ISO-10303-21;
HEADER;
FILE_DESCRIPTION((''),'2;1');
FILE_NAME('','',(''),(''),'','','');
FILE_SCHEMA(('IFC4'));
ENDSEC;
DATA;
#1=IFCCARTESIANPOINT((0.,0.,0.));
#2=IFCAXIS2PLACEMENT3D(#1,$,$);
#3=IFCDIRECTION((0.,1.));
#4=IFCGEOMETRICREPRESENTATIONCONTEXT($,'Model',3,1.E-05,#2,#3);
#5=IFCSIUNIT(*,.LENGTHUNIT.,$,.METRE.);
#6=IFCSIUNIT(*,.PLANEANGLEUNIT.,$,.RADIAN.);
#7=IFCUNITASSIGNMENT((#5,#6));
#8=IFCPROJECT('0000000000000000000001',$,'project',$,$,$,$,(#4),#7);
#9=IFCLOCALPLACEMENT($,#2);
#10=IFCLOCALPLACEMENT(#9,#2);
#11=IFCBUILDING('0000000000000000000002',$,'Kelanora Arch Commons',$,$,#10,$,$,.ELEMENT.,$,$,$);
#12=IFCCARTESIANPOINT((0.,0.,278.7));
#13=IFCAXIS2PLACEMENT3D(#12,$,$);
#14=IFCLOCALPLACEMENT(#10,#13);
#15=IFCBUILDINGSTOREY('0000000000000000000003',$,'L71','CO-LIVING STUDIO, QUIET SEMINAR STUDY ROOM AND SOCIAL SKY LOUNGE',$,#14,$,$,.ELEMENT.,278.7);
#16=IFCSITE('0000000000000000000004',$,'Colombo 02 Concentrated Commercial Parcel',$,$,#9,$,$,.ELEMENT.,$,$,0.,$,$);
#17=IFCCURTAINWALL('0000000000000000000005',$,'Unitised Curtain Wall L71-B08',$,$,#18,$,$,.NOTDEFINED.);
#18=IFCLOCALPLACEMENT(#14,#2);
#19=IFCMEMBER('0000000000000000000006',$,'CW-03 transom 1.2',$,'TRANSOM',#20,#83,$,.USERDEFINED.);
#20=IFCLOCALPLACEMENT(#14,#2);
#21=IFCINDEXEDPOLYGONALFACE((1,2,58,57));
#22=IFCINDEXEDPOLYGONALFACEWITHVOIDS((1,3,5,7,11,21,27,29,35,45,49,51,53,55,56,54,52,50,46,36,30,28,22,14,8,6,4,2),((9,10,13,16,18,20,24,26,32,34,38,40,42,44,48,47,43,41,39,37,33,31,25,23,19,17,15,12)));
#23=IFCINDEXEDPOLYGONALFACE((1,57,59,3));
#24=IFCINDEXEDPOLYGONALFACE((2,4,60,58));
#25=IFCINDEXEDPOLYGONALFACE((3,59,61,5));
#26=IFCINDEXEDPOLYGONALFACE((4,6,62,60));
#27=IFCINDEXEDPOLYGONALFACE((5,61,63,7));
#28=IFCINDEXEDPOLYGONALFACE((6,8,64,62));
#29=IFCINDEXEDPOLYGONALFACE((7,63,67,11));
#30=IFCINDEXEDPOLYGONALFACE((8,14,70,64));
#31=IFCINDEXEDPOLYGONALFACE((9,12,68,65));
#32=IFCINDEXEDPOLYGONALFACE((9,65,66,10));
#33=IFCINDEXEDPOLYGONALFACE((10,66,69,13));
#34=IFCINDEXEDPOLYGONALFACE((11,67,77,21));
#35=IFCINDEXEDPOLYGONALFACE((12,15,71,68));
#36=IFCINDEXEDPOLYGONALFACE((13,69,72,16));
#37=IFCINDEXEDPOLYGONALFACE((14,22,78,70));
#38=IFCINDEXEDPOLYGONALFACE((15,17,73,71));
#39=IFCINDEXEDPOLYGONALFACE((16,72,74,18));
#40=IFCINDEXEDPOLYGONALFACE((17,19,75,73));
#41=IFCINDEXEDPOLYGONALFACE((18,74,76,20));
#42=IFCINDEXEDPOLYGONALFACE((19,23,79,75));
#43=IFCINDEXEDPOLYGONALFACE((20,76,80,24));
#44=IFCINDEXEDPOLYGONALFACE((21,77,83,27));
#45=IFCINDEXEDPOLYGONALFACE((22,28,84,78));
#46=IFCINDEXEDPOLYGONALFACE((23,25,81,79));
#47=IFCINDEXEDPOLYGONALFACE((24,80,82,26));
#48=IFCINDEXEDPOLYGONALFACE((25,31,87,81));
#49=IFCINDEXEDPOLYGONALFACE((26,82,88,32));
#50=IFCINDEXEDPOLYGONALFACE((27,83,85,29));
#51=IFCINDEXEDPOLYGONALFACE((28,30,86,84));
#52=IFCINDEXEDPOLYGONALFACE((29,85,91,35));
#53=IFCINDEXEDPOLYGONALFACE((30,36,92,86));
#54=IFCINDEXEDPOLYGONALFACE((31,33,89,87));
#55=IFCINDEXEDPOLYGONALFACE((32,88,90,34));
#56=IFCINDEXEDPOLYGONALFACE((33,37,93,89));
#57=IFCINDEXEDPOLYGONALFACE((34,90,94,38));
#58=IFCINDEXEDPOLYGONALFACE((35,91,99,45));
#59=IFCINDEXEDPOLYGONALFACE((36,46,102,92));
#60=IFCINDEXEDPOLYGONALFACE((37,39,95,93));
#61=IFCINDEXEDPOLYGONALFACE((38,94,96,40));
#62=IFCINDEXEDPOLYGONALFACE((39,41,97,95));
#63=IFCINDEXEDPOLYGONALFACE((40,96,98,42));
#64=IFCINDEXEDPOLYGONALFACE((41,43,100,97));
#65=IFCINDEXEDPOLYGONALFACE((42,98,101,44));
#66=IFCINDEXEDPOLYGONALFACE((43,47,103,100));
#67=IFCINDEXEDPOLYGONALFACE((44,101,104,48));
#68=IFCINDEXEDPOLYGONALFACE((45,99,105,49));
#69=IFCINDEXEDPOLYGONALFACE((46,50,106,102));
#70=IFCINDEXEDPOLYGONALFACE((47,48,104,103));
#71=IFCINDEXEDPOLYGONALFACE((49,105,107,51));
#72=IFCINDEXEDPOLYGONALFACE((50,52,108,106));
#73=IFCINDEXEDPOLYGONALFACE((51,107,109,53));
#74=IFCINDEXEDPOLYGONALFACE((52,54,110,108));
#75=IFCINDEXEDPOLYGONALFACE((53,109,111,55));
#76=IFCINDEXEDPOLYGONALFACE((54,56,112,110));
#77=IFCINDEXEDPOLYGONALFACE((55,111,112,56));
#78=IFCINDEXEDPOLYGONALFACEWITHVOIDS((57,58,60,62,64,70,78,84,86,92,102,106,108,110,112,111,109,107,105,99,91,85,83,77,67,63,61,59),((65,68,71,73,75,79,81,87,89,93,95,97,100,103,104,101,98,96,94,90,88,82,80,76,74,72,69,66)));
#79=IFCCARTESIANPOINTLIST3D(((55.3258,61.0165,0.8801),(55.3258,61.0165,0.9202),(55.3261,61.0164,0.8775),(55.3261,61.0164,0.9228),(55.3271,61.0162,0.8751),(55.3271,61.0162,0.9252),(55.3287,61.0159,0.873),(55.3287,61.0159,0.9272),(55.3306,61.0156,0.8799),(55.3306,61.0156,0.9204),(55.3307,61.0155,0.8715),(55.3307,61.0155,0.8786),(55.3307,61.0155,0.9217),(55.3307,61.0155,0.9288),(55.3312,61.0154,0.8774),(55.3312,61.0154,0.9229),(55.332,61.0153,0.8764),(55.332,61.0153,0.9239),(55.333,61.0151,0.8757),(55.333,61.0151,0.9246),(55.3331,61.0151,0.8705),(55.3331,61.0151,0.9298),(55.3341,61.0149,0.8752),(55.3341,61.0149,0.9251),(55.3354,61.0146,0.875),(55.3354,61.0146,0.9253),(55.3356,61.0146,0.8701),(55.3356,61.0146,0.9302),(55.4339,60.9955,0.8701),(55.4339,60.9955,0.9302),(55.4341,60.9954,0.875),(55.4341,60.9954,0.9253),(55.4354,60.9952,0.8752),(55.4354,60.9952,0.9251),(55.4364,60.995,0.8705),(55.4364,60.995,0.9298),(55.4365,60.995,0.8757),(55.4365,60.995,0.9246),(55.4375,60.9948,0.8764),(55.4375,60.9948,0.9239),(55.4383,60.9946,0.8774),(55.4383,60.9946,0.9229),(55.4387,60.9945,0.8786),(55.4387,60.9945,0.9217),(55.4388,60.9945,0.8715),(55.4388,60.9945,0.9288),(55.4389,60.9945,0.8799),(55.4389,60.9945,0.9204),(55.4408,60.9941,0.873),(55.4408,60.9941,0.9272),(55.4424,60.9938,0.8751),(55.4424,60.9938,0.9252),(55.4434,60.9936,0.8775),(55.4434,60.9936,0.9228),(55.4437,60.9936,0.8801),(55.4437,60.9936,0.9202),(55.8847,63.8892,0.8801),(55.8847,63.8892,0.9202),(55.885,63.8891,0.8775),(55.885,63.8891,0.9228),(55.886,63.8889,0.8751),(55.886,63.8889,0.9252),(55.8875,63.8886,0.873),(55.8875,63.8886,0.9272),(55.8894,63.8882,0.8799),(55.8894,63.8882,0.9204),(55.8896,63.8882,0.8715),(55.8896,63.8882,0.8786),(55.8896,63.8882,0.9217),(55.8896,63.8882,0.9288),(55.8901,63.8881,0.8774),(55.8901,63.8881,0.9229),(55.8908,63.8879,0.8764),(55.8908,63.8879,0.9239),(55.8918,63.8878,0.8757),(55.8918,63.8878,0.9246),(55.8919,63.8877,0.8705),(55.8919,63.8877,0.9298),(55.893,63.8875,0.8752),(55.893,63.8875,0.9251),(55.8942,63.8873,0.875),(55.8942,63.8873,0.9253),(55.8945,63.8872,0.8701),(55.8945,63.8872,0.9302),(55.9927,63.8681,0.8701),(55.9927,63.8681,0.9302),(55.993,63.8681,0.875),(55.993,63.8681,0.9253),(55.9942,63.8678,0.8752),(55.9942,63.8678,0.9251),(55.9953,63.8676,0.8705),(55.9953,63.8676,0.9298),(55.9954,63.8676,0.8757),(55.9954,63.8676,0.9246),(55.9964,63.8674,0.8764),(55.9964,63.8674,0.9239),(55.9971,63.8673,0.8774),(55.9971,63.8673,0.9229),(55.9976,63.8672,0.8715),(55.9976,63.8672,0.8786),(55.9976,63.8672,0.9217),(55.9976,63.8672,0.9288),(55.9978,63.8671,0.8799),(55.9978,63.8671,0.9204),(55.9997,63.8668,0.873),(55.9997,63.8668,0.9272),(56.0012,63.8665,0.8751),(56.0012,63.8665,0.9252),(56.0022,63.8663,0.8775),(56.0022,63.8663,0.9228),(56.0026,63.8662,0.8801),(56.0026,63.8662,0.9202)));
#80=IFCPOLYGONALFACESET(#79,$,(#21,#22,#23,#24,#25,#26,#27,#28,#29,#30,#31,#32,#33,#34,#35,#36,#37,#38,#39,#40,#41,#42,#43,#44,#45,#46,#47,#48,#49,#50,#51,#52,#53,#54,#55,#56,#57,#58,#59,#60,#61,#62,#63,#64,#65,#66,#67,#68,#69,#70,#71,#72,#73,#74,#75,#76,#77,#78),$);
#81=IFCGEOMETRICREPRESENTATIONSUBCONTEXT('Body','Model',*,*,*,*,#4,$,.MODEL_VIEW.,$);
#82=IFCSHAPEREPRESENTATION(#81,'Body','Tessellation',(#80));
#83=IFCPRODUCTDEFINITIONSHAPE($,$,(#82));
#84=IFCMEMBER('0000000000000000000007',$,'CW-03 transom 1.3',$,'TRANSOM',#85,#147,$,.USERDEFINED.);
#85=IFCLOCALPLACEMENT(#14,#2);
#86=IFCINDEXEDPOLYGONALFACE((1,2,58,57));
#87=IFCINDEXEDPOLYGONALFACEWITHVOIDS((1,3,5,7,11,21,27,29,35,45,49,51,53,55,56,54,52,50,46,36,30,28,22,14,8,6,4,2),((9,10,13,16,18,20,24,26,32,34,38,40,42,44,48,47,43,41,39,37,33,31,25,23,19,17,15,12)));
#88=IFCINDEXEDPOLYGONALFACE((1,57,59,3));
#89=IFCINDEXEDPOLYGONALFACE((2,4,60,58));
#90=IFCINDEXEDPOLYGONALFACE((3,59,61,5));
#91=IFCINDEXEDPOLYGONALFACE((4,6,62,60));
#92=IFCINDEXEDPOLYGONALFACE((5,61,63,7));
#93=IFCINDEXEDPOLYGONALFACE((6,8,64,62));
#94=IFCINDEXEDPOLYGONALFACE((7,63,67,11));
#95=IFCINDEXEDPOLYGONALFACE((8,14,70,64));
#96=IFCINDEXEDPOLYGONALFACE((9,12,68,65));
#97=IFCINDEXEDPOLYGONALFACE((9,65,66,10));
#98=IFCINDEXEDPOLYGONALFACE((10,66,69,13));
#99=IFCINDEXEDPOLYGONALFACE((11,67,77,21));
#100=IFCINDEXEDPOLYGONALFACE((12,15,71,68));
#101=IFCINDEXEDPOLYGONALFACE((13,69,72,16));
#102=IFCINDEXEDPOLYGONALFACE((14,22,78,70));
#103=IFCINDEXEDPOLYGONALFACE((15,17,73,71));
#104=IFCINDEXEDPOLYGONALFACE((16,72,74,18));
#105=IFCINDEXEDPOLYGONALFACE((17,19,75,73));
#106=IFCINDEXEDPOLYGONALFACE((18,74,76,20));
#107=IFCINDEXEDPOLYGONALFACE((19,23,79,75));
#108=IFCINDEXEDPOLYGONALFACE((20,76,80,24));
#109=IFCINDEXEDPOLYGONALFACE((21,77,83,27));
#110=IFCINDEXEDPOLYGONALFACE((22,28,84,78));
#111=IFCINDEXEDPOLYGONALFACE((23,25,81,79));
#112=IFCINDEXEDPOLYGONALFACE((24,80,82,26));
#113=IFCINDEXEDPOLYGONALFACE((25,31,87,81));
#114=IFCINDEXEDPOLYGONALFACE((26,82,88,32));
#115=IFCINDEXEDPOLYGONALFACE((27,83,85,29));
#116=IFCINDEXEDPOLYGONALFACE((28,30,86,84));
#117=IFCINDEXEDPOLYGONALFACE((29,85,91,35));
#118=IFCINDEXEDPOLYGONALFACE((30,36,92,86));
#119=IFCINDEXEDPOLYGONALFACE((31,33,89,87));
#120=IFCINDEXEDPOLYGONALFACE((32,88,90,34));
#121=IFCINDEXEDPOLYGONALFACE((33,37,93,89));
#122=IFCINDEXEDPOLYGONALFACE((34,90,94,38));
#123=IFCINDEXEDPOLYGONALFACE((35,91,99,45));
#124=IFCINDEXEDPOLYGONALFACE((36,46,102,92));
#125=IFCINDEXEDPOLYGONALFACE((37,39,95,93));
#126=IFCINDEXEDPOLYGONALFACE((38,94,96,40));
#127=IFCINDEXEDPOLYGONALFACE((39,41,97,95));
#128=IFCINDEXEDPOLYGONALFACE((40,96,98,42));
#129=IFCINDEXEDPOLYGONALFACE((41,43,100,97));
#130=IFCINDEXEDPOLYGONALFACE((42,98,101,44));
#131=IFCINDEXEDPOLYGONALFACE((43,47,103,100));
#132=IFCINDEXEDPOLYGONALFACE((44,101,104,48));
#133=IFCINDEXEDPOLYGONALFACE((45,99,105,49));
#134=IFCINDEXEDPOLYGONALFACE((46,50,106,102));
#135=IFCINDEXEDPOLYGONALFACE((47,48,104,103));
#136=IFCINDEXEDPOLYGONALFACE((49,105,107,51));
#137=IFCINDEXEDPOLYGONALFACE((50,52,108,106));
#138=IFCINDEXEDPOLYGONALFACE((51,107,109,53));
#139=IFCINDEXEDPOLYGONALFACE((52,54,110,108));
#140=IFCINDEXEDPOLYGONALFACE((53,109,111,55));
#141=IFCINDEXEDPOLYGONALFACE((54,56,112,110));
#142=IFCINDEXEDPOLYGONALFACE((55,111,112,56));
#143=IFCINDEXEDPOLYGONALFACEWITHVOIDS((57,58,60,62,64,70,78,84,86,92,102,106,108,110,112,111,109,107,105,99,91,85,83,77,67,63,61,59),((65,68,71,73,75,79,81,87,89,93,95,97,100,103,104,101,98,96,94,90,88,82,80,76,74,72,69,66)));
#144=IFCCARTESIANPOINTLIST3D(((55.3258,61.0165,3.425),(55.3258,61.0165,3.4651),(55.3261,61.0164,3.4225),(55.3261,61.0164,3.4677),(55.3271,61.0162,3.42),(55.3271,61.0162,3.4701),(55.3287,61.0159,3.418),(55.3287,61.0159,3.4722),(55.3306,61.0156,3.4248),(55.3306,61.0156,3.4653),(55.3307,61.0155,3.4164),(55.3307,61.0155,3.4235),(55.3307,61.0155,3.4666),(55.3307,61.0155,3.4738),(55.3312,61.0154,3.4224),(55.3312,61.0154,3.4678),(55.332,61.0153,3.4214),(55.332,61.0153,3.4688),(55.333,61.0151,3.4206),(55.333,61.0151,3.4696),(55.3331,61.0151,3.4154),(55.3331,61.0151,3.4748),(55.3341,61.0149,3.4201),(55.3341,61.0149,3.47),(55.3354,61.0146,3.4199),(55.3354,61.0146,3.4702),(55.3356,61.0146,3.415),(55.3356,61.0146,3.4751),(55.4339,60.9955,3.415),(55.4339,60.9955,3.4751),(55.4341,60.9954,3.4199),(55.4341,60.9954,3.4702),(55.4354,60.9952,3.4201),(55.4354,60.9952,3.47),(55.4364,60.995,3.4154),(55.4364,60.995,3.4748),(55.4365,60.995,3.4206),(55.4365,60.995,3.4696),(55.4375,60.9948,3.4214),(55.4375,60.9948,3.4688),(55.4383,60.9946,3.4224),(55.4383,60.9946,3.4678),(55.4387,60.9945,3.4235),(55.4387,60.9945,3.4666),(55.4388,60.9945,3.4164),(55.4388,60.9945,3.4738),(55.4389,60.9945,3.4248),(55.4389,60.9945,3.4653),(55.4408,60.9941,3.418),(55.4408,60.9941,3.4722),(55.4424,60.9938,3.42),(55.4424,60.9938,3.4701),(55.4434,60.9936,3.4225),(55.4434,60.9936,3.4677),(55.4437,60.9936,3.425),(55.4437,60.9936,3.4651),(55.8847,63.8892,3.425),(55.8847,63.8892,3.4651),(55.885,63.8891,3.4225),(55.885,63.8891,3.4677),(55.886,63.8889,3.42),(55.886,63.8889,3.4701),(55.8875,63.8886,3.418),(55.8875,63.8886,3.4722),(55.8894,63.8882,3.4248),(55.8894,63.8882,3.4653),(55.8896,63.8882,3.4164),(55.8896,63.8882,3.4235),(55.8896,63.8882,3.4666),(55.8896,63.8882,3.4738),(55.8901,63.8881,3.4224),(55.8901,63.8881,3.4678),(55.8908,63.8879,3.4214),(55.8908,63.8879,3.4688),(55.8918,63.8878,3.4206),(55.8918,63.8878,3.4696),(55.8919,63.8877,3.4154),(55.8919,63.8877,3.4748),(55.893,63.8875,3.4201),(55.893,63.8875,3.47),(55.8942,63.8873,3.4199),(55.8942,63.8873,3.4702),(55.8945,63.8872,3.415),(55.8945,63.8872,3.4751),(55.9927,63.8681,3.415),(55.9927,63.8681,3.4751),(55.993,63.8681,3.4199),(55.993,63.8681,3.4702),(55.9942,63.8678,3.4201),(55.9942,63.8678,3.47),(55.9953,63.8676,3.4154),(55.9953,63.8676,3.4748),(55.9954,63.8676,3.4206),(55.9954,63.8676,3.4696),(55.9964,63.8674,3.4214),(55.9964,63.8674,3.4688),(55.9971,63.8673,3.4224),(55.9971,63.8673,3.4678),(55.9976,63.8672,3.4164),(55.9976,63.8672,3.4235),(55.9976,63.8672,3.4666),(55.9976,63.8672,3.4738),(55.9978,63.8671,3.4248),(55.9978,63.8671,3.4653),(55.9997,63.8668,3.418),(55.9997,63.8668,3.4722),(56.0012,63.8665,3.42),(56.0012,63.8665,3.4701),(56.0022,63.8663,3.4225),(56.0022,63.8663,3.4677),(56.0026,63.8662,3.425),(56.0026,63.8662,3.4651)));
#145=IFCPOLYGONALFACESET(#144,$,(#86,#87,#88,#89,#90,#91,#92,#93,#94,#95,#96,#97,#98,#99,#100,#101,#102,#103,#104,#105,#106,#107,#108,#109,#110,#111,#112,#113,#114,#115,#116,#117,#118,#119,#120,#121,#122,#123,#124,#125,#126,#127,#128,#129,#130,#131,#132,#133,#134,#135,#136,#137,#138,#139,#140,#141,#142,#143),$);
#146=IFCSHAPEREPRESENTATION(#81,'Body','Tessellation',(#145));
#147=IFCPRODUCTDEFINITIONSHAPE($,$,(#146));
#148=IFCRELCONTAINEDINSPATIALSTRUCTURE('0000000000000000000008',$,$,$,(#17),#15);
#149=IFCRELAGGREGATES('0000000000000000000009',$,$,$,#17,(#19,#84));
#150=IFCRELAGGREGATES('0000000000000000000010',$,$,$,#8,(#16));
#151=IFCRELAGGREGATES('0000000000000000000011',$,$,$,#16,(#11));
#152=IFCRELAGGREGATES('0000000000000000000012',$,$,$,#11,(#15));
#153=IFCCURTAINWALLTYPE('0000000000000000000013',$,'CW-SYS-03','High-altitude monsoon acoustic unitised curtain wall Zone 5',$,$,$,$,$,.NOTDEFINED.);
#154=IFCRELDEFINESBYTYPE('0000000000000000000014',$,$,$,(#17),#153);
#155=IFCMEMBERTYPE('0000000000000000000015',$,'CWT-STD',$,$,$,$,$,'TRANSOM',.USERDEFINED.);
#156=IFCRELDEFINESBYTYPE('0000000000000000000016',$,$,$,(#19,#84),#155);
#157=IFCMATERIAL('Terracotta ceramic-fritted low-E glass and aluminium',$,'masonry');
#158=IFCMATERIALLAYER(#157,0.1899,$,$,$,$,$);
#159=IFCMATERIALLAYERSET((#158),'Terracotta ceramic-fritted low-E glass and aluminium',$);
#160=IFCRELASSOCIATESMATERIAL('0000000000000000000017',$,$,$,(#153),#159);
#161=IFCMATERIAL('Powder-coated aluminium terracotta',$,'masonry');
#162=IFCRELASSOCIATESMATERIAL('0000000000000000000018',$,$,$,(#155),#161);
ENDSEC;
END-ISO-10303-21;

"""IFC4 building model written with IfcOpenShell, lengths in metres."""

from ifc_helpers import new_model, si_unit, direction, frame, origin, origin_2d, place, context, subcontext, project, spatial, hollow_rectangle, extrude, material, layer, layer_set, material_profile, profile_set, type_object, element, aggregate, save


model = new_model("IFC4")

# Units and contexts
model_context = context("Model", 3, precision=1e-05, world=origin(), true_north=direction((0.0, 1.0)))
body_context = subcontext(model_context, "Body", "Model", "MODEL_VIEW")
ifc_project = project(units=[si_unit("LENGTHUNIT", "METRE"), si_unit("PLANEANGLEUNIT", "RADIAN")], contexts=[model_context])

# Site, building, storey
site_placement = place(None, origin())
site = spatial("IfcSite", under=ifc_project, at=site_placement, Name="Colombo 02 Concentrated Commercial Parcel", CompositionType="ELEMENT", RefElevation=0.0)
building_placement = place(site_placement, origin())
building = spatial("IfcBuilding", under=site, at=building_placement, Name="Kelanora Arch Commons", CompositionType="ELEMENT")
storey_placement = place(building_placement, frame((0.0, 0.0, 278.7)))
storey = spatial("IfcBuildingStorey", under=building, at=storey_placement, Name="L71", Description="CO-LIVING STUDIO, QUIET SEMINAR STUDY ROOM AND SOCIAL SKY LOUNGE", CompositionType="ELEMENT", Elevation=278.7)

# Curtain wall, members
ifc_material_1 = material(Name="Terracotta ceramic-fritted low-E glass and aluminium", Category="masonry")
ifc_layer_1 = layer(ifc_material_1, 0.1899)
ifc_layer_set_1 = layer_set([ifc_layer_1], Name="Terracotta ceramic-fritted low-E glass and aluminium")
curtain_wall_type = type_object("IfcCurtainWallType", Name="CW-SYS-03", Description="High-altitude monsoon acoustic unitised curtain wall Zone 5", PredefinedType="NOTDEFINED", material=ifc_layer_set_1)
curtain_wall_placement = place(storey_placement, origin())
curtain_wall = element("IfcCurtainWall", 1, at=curtain_wall_placement, inside=storey, type_object=curtain_wall_type, Name="Unitised Curtain Wall L71-B08", PredefinedType="NOTDEFINED")
ifc_material_2 = material(Name="Powder-coated aluminium terracotta", Category="masonry")
ifc_material_profile_1 = material_profile(ifc_material_2, hollow_rectangle(XDim=0.1201, YDim=0.0601, WallThickness=0.0049, InnerFilletRadius=0.0049, OuterFilletRadius=0.01, at=origin_2d()), Name="CWT120x60")
ifc_profile_set_1 = profile_set([ifc_material_profile_1], Name="Powder-coated aluminium terracotta")
member_type_1 = type_object("IfcMemberType", Name="CWT-STD", ElementType="TRANSOM", PredefinedType="USERDEFINED", material=ifc_profile_set_1)
member_1_placement = place(storey_placement, frame((55.9436, 63.8777, 0.9001), z_axis=(-0.190963, -0.981597, 0.0), x_axis=(0.981597, -0.190963, 0.0)))
member_1 = element("IfcMember", 2, at=member_1_placement, type_object=member_type_1, Name="CW-03 transom 1.2", ObjectType="TRANSOM", PredefinedType="USERDEFINED", context=body_context, shape_type="SweptSolid", body=[
    extrude(hollow_rectangle(XDim=0.1201, YDim=0.0601, WallThickness=0.0049, InnerFilletRadius=0.0049, OuterFilletRadius=0.01, at=origin_2d()), origin(), (0.0, 0.0, 1.0), 2.9265),
])
member_2_placement = place(storey_placement, frame((55.9436, 63.8777, 3.4451), z_axis=(-0.190963, -0.981597, 0.0), x_axis=(0.981597, -0.190963, 0.0)))
member_2 = element("IfcMember", 3, at=member_2_placement, type_object=member_type_1, Name="CW-03 transom 1.3", ObjectType="TRANSOM", PredefinedType="USERDEFINED", context=body_context, shape_type="SweptSolid", body=[
    extrude(hollow_rectangle(XDim=0.1201, YDim=0.0601, WallThickness=0.0049, InnerFilletRadius=0.0049, OuterFilletRadius=0.01, at=origin_2d()), origin(), (0.0, 0.0, 1.0), 2.9265),
])
aggregate(curtain_wall, [member_1, member_2])

save(model, "model.ifc")
